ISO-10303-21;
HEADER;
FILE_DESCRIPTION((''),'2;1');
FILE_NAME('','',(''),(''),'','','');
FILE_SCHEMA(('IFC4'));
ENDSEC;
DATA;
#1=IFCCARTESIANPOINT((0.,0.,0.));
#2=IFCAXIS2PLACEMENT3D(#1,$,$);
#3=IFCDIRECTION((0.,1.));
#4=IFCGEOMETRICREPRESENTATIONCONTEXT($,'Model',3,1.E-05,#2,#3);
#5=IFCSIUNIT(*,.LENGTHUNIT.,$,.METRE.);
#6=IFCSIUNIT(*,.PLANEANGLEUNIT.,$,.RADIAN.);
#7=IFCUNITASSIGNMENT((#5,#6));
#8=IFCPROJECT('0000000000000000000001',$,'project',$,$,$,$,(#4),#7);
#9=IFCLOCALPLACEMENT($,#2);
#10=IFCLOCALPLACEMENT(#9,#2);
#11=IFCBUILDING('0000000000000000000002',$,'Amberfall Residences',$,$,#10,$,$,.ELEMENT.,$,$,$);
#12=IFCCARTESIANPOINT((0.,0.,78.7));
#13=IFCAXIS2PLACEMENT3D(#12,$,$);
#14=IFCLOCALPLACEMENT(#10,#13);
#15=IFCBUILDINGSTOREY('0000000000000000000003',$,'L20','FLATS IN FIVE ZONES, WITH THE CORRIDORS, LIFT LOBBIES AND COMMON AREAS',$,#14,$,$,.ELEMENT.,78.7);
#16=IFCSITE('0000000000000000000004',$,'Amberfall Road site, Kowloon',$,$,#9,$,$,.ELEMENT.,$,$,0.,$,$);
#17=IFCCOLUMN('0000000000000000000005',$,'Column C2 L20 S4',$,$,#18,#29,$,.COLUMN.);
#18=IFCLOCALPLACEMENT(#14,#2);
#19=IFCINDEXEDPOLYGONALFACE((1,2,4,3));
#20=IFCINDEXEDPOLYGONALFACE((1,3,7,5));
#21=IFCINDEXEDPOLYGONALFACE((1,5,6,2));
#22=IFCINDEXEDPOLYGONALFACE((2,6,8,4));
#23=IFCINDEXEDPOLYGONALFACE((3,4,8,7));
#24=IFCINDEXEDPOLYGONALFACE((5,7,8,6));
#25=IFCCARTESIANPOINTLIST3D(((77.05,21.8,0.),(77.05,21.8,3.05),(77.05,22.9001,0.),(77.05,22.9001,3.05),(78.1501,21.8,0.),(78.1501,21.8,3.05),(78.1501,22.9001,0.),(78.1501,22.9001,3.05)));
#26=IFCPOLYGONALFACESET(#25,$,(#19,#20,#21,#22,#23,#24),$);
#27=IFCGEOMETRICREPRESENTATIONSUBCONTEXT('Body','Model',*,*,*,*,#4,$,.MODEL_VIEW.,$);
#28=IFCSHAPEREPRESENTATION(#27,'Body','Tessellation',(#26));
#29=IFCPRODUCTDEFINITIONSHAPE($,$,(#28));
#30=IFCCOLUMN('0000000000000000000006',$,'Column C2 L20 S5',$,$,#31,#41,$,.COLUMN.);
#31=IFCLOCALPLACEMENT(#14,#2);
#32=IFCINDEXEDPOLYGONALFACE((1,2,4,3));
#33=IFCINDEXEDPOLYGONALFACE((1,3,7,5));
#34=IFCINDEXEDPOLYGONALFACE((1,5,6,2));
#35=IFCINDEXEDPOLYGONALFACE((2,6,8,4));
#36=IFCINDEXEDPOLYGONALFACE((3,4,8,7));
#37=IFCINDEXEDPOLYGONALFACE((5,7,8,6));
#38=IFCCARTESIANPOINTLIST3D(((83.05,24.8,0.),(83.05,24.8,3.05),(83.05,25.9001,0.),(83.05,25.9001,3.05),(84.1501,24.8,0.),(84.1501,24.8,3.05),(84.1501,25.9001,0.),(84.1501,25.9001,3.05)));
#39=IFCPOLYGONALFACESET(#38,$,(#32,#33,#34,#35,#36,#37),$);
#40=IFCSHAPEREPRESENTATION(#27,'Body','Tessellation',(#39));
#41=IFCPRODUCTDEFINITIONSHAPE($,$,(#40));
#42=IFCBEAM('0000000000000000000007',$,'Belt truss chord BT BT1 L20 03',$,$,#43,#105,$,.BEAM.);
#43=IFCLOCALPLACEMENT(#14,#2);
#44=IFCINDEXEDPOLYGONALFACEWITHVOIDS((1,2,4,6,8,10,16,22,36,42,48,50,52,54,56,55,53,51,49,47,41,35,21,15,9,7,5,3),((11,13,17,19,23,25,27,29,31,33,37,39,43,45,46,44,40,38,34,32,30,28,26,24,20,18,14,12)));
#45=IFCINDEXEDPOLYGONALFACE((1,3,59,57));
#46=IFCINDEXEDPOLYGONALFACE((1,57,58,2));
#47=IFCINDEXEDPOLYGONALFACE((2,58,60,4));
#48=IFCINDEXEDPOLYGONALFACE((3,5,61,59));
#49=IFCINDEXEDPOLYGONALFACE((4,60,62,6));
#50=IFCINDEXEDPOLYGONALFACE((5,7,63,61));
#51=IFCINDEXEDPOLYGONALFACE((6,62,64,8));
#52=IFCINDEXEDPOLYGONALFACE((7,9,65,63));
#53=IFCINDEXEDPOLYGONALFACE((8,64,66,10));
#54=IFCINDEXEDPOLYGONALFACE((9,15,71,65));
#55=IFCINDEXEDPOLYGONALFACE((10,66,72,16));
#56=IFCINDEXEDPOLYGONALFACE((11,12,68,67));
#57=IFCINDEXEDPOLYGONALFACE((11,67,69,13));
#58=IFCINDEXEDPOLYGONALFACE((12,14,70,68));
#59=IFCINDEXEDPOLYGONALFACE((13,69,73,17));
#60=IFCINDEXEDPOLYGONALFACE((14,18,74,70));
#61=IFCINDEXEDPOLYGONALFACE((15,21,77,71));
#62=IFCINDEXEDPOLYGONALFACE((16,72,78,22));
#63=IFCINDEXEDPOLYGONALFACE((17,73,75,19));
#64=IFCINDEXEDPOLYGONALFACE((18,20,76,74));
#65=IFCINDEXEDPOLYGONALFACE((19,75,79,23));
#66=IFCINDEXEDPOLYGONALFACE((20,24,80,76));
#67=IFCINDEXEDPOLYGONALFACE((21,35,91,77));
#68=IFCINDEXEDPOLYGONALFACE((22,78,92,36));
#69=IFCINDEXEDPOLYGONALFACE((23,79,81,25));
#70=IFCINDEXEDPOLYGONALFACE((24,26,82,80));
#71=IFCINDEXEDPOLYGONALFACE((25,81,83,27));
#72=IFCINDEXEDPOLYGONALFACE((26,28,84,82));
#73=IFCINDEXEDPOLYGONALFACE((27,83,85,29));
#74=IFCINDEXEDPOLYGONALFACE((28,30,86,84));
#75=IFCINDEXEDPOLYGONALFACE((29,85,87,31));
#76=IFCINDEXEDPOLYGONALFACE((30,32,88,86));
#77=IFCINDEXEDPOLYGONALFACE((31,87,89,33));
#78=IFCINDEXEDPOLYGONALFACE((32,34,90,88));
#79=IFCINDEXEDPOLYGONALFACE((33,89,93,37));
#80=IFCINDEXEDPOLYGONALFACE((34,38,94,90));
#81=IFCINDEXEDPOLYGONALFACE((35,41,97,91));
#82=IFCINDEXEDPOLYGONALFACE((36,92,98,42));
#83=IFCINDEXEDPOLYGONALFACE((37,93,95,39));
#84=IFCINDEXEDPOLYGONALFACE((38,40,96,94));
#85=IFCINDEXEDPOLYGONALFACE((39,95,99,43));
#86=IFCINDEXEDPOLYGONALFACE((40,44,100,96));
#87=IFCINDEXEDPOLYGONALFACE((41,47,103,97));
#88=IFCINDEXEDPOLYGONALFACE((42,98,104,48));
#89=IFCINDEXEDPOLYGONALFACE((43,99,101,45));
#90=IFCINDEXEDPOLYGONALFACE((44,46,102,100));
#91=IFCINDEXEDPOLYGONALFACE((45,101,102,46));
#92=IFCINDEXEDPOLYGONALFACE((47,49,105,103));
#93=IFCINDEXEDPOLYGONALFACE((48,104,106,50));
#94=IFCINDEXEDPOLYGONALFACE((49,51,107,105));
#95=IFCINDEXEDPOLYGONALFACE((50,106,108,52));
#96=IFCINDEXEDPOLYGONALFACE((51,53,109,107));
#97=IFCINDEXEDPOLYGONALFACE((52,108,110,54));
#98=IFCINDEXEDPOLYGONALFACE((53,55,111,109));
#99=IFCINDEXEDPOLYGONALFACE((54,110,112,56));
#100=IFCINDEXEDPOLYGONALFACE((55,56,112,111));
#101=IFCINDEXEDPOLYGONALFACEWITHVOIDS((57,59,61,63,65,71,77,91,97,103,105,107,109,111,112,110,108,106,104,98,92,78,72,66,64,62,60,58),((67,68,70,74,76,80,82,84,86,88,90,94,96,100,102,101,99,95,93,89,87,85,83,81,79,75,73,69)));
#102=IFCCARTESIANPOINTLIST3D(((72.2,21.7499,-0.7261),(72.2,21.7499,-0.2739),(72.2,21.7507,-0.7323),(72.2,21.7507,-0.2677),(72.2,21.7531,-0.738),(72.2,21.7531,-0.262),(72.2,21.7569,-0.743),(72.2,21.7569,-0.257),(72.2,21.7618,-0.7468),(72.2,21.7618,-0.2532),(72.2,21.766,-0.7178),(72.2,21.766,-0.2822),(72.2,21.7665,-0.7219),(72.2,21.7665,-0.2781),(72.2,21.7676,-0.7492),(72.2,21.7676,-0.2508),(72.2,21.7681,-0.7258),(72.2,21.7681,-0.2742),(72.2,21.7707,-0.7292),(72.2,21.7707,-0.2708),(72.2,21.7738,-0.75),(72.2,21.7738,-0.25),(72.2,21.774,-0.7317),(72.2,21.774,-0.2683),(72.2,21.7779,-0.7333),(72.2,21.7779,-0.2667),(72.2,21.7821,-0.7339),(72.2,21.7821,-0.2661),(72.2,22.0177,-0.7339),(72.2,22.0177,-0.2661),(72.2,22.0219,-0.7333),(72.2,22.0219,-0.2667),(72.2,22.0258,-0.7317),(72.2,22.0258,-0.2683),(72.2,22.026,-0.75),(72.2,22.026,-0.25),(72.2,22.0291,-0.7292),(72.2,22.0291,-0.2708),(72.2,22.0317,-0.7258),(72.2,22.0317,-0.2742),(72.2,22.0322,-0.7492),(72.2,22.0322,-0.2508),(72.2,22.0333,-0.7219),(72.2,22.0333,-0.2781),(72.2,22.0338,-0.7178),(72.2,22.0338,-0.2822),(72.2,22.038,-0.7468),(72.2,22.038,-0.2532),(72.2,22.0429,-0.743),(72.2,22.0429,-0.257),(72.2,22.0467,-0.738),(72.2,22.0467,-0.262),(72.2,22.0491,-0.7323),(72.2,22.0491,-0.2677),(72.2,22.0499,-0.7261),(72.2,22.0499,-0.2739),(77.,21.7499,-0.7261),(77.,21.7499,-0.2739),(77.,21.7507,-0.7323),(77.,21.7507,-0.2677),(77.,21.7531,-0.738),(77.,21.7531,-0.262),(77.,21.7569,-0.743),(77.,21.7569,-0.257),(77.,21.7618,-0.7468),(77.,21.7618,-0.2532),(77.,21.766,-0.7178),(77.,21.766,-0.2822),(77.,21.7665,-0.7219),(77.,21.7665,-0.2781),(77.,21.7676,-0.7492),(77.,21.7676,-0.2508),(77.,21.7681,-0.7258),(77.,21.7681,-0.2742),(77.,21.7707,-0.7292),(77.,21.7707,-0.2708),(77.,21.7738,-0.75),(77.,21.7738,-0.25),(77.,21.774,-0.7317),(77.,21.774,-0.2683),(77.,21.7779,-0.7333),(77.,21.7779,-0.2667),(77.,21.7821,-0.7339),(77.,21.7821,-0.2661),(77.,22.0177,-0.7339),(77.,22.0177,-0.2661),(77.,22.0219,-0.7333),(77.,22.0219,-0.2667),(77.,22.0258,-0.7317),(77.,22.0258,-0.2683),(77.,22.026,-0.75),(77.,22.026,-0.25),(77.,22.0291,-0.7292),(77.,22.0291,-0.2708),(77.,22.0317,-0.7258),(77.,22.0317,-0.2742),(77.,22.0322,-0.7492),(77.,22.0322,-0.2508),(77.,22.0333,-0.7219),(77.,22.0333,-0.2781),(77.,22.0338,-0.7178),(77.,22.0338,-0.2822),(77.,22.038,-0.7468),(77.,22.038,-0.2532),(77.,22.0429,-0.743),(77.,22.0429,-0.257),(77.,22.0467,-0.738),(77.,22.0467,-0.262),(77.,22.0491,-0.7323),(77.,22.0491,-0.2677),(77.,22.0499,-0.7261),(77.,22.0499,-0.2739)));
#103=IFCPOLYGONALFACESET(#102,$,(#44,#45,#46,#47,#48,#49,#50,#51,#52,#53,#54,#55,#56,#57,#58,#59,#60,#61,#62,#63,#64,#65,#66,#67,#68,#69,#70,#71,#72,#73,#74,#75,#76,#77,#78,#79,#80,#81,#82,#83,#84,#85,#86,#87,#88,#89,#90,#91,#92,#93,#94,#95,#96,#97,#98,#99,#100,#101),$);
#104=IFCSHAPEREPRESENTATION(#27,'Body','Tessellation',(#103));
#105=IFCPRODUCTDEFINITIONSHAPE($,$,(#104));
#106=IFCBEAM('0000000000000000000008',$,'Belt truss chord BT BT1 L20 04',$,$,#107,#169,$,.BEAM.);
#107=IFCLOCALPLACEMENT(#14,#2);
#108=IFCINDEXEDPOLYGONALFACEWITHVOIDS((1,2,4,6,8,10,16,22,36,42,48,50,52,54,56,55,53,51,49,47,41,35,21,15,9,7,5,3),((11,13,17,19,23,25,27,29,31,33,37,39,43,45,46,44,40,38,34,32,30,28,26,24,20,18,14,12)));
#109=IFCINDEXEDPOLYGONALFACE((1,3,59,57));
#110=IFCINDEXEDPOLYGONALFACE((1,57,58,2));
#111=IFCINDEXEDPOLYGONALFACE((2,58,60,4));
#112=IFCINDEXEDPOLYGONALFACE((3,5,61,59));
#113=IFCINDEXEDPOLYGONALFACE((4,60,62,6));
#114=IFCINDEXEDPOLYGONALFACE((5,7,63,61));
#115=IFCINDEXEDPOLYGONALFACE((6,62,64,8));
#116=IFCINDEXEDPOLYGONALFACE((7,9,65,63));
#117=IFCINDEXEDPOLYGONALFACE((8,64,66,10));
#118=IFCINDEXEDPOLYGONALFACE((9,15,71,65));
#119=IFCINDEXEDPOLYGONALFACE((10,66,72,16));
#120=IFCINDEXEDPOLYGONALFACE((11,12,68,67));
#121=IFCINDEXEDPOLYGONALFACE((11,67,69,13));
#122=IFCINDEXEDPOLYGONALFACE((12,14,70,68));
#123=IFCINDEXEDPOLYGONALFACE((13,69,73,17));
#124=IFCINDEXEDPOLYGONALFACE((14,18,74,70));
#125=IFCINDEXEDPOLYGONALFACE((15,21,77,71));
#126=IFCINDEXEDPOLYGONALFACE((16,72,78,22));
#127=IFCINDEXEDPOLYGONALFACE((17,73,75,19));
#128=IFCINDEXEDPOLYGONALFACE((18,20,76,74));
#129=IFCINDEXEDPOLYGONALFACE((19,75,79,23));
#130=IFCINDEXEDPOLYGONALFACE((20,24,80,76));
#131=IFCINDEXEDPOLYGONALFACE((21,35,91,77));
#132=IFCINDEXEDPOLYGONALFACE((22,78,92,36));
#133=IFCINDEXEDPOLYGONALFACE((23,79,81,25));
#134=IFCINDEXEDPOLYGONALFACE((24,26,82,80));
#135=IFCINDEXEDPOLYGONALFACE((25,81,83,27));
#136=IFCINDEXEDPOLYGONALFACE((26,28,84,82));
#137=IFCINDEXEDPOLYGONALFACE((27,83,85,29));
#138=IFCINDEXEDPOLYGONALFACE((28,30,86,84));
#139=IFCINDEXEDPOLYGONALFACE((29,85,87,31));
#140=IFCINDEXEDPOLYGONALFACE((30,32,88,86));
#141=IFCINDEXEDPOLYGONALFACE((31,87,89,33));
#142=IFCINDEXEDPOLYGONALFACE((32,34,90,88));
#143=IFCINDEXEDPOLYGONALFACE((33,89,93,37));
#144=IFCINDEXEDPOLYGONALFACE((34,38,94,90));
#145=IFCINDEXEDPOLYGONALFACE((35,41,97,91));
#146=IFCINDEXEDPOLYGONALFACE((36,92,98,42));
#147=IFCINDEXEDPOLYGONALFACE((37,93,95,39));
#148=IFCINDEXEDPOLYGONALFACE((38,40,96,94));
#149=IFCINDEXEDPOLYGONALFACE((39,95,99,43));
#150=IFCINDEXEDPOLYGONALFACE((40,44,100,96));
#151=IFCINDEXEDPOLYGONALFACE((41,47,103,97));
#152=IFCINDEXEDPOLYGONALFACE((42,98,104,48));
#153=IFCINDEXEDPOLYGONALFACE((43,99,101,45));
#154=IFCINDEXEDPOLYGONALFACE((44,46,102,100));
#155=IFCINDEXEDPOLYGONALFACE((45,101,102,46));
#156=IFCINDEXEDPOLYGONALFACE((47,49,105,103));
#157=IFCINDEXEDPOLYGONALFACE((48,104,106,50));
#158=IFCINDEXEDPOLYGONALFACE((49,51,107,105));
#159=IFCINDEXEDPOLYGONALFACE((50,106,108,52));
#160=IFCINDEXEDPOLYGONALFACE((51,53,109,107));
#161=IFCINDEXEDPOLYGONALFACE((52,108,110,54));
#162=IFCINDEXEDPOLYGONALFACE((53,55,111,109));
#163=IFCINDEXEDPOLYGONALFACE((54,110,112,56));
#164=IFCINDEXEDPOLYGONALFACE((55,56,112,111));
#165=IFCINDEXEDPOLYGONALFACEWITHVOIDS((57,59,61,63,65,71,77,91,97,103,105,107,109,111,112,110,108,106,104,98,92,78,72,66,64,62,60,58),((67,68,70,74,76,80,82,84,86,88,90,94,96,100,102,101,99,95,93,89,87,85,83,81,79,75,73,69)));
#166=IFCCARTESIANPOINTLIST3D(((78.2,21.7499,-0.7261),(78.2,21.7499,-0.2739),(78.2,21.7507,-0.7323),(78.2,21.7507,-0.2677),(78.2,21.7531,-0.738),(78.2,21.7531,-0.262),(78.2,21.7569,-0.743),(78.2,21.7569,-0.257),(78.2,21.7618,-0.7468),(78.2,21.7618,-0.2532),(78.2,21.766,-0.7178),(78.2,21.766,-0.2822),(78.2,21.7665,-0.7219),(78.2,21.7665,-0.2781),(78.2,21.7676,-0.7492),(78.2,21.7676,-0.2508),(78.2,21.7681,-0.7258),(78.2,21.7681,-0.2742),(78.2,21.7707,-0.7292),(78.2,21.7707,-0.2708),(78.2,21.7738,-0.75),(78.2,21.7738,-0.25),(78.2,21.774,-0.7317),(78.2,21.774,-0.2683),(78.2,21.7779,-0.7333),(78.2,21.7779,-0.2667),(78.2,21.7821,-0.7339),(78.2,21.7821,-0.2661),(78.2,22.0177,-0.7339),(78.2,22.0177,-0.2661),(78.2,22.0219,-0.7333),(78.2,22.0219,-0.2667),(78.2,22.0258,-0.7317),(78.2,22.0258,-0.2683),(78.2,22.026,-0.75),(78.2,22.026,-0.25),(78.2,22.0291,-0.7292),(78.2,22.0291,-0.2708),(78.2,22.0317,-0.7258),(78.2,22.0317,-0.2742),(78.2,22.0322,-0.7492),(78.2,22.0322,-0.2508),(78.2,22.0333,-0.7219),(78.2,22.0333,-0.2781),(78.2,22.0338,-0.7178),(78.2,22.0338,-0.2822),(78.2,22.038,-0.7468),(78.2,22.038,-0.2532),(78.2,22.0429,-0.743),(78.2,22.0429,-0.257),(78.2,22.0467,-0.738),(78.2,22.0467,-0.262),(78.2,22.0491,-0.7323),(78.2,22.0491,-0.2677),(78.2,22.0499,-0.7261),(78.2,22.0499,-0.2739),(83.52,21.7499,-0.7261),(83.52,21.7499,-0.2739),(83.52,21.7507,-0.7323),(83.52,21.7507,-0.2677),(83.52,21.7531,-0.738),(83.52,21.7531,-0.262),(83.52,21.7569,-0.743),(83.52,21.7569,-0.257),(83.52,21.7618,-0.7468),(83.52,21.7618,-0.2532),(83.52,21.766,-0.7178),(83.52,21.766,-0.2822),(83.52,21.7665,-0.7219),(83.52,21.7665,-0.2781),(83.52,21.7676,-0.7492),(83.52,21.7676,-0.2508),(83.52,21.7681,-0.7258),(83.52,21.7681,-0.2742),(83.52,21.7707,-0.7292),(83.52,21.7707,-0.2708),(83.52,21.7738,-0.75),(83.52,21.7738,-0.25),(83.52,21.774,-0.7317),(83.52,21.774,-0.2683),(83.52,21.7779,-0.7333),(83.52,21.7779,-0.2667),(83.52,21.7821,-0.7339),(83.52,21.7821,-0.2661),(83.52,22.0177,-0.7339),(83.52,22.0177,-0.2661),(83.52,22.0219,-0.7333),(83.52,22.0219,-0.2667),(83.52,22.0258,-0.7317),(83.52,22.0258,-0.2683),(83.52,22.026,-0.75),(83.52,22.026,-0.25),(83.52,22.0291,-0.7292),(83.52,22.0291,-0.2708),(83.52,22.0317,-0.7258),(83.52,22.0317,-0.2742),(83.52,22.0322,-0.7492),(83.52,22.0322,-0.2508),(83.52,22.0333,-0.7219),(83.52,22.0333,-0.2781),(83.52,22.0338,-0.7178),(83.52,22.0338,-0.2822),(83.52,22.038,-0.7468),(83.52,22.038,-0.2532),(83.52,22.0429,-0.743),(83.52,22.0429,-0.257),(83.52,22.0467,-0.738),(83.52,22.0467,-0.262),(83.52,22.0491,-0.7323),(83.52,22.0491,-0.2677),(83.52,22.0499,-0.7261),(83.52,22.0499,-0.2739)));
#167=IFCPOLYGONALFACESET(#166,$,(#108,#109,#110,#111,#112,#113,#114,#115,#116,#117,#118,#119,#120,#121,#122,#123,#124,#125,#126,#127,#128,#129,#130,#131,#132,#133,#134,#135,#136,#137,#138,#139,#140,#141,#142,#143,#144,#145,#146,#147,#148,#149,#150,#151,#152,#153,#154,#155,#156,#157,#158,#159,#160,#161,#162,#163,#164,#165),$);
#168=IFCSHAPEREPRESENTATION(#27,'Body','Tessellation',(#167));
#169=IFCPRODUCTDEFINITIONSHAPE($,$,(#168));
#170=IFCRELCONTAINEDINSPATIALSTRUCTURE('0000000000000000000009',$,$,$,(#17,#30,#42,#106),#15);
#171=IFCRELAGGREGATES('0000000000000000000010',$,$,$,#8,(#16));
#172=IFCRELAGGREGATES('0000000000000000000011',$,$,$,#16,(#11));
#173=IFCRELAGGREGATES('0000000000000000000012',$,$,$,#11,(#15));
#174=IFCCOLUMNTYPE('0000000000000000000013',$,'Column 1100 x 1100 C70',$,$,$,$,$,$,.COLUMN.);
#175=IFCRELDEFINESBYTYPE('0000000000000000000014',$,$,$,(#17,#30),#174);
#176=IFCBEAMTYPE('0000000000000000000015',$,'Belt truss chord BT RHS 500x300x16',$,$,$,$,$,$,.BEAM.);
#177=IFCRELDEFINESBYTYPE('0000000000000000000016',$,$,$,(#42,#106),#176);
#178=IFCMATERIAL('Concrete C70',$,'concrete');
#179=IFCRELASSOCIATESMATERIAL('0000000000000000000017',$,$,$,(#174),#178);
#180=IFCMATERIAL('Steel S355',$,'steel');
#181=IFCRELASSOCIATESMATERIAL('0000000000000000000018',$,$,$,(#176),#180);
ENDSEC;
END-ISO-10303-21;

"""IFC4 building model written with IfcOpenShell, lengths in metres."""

from ifc_helpers import new_model, si_unit, direction, frame, origin, origin_2d, place, context, subcontext, project, spatial, rectangle, hollow_rectangle, extrude, material, material_profile, profile_set, type_object, element, save


model = new_model("IFC4")

# Units and contexts
model_context = context("Model", 3, precision=1e-05, world=origin(), true_north=direction((0.0, 1.0)))
body_context = subcontext(model_context, "Body", "Model", "MODEL_VIEW")
ifc_project = project(units=[si_unit("LENGTHUNIT", "METRE"), si_unit("PLANEANGLEUNIT", "RADIAN")], contexts=[model_context])

# Site, building, storey
site_placement = place(None, origin())
site = spatial("IfcSite", under=ifc_project, at=site_placement, Name="Amberfall Road site, Kowloon", CompositionType="ELEMENT", RefElevation=0.0)
building_placement = place(site_placement, origin())
building = spatial("IfcBuilding", under=site, at=building_placement, Name="Amberfall Residences", CompositionType="ELEMENT")
storey_placement = place(building_placement, frame((0.0, 0.0, 78.7)))
storey = spatial("IfcBuildingStorey", under=building, at=storey_placement, Name="L20", Description="FLATS IN FIVE ZONES, WITH THE CORRIDORS, LIFT LOBBIES AND COMMON AREAS", CompositionType="ELEMENT", Elevation=78.7)

# Columns
ifc_material_1 = material(Name="Concrete C70", Category="concrete")
ifc_material_profile_1 = material_profile(ifc_material_1, rectangle(XDim=1.1001, YDim=1.1001, at=origin_2d()), Name="Column 1100 x 1100 C70")
ifc_profile_set_1 = profile_set([ifc_material_profile_1], Name="Concrete C70")
column_type = type_object("IfcColumnType", Name="Column 1100 x 1100 C70", PredefinedType="COLUMN", material=ifc_profile_set_1)
for number, where, z_axis, x_axis, name in (
    (1, (77.6001, 22.3501, 0.0), (0.0, 0.0, 1.0), (1.0, 0.0, 0.0), "Column C2 L20 S4"),
    (2, (83.6001, 25.3501, 0.0), (0.0, 0.0, 1.0), (1.0, 0.0, 0.0), "Column C2 L20 S5"),
):
    element("IfcColumn", number, at=place(storey_placement, frame(where, z_axis=z_axis, x_axis=x_axis)), inside=storey, type_object=column_type, Name=name, PredefinedType="COLUMN", context=body_context, shape_type="SweptSolid", body=[
        extrude(rectangle(XDim=1.1001, YDim=1.1001, at=origin_2d()), origin(), (0.0, 0.0, 1.0), 3.05),
    ])

# Beams
ifc_material_2 = material(Name="Steel S355", Category="steel")
ifc_material_profile_2 = material_profile(ifc_material_2, hollow_rectangle(XDim=0.3, YDim=0.5, WallThickness=0.0161, InnerFilletRadius=0.0161, OuterFilletRadius=0.0239, at=origin_2d()), Name="RHS 500x300x16")
ifc_profile_set_2 = profile_set([ifc_material_profile_2], Name="Steel S355")
beam_type_1 = type_object("IfcBeamType", Name="Belt truss chord BT RHS 500x300x16", PredefinedType="BEAM", material=ifc_profile_set_2)
beam_1_placement = place(storey_placement, frame((72.2, 21.8999, -0.5), z_axis=(1.0, 0.0, 0.0), x_axis=(0.0, 1.0, 0.0)))
element("IfcBeam", 3, at=beam_1_placement, inside=storey, type_object=beam_type_1, Name="Belt truss chord BT BT1 L20 03", PredefinedType="BEAM", context=body_context, shape_type="SweptSolid", body=[
    extrude(hollow_rectangle(XDim=0.3, YDim=0.5, WallThickness=0.0161, InnerFilletRadius=0.0161, OuterFilletRadius=0.0239, at=origin_2d()), origin(), (0.0, 0.0, 1.0), 4.8),
])
beam_2_placement = place(storey_placement, frame((78.2, 21.8999, -0.5), z_axis=(1.0, 0.0, 0.0), x_axis=(0.0, 1.0, 0.0)))
element("IfcBeam", 4, at=beam_2_placement, inside=storey, type_object=beam_type_1, Name="Belt truss chord BT BT1 L20 04", PredefinedType="BEAM", context=body_context, shape_type="SweptSolid", body=[
    extrude(hollow_rectangle(XDim=0.3, YDim=0.5, WallThickness=0.0161, InnerFilletRadius=0.0161, OuterFilletRadius=0.0239, at=origin_2d()), origin(), (0.0, 0.0, 1.0), 5.3201),
])

save(model, "model.ifc")
